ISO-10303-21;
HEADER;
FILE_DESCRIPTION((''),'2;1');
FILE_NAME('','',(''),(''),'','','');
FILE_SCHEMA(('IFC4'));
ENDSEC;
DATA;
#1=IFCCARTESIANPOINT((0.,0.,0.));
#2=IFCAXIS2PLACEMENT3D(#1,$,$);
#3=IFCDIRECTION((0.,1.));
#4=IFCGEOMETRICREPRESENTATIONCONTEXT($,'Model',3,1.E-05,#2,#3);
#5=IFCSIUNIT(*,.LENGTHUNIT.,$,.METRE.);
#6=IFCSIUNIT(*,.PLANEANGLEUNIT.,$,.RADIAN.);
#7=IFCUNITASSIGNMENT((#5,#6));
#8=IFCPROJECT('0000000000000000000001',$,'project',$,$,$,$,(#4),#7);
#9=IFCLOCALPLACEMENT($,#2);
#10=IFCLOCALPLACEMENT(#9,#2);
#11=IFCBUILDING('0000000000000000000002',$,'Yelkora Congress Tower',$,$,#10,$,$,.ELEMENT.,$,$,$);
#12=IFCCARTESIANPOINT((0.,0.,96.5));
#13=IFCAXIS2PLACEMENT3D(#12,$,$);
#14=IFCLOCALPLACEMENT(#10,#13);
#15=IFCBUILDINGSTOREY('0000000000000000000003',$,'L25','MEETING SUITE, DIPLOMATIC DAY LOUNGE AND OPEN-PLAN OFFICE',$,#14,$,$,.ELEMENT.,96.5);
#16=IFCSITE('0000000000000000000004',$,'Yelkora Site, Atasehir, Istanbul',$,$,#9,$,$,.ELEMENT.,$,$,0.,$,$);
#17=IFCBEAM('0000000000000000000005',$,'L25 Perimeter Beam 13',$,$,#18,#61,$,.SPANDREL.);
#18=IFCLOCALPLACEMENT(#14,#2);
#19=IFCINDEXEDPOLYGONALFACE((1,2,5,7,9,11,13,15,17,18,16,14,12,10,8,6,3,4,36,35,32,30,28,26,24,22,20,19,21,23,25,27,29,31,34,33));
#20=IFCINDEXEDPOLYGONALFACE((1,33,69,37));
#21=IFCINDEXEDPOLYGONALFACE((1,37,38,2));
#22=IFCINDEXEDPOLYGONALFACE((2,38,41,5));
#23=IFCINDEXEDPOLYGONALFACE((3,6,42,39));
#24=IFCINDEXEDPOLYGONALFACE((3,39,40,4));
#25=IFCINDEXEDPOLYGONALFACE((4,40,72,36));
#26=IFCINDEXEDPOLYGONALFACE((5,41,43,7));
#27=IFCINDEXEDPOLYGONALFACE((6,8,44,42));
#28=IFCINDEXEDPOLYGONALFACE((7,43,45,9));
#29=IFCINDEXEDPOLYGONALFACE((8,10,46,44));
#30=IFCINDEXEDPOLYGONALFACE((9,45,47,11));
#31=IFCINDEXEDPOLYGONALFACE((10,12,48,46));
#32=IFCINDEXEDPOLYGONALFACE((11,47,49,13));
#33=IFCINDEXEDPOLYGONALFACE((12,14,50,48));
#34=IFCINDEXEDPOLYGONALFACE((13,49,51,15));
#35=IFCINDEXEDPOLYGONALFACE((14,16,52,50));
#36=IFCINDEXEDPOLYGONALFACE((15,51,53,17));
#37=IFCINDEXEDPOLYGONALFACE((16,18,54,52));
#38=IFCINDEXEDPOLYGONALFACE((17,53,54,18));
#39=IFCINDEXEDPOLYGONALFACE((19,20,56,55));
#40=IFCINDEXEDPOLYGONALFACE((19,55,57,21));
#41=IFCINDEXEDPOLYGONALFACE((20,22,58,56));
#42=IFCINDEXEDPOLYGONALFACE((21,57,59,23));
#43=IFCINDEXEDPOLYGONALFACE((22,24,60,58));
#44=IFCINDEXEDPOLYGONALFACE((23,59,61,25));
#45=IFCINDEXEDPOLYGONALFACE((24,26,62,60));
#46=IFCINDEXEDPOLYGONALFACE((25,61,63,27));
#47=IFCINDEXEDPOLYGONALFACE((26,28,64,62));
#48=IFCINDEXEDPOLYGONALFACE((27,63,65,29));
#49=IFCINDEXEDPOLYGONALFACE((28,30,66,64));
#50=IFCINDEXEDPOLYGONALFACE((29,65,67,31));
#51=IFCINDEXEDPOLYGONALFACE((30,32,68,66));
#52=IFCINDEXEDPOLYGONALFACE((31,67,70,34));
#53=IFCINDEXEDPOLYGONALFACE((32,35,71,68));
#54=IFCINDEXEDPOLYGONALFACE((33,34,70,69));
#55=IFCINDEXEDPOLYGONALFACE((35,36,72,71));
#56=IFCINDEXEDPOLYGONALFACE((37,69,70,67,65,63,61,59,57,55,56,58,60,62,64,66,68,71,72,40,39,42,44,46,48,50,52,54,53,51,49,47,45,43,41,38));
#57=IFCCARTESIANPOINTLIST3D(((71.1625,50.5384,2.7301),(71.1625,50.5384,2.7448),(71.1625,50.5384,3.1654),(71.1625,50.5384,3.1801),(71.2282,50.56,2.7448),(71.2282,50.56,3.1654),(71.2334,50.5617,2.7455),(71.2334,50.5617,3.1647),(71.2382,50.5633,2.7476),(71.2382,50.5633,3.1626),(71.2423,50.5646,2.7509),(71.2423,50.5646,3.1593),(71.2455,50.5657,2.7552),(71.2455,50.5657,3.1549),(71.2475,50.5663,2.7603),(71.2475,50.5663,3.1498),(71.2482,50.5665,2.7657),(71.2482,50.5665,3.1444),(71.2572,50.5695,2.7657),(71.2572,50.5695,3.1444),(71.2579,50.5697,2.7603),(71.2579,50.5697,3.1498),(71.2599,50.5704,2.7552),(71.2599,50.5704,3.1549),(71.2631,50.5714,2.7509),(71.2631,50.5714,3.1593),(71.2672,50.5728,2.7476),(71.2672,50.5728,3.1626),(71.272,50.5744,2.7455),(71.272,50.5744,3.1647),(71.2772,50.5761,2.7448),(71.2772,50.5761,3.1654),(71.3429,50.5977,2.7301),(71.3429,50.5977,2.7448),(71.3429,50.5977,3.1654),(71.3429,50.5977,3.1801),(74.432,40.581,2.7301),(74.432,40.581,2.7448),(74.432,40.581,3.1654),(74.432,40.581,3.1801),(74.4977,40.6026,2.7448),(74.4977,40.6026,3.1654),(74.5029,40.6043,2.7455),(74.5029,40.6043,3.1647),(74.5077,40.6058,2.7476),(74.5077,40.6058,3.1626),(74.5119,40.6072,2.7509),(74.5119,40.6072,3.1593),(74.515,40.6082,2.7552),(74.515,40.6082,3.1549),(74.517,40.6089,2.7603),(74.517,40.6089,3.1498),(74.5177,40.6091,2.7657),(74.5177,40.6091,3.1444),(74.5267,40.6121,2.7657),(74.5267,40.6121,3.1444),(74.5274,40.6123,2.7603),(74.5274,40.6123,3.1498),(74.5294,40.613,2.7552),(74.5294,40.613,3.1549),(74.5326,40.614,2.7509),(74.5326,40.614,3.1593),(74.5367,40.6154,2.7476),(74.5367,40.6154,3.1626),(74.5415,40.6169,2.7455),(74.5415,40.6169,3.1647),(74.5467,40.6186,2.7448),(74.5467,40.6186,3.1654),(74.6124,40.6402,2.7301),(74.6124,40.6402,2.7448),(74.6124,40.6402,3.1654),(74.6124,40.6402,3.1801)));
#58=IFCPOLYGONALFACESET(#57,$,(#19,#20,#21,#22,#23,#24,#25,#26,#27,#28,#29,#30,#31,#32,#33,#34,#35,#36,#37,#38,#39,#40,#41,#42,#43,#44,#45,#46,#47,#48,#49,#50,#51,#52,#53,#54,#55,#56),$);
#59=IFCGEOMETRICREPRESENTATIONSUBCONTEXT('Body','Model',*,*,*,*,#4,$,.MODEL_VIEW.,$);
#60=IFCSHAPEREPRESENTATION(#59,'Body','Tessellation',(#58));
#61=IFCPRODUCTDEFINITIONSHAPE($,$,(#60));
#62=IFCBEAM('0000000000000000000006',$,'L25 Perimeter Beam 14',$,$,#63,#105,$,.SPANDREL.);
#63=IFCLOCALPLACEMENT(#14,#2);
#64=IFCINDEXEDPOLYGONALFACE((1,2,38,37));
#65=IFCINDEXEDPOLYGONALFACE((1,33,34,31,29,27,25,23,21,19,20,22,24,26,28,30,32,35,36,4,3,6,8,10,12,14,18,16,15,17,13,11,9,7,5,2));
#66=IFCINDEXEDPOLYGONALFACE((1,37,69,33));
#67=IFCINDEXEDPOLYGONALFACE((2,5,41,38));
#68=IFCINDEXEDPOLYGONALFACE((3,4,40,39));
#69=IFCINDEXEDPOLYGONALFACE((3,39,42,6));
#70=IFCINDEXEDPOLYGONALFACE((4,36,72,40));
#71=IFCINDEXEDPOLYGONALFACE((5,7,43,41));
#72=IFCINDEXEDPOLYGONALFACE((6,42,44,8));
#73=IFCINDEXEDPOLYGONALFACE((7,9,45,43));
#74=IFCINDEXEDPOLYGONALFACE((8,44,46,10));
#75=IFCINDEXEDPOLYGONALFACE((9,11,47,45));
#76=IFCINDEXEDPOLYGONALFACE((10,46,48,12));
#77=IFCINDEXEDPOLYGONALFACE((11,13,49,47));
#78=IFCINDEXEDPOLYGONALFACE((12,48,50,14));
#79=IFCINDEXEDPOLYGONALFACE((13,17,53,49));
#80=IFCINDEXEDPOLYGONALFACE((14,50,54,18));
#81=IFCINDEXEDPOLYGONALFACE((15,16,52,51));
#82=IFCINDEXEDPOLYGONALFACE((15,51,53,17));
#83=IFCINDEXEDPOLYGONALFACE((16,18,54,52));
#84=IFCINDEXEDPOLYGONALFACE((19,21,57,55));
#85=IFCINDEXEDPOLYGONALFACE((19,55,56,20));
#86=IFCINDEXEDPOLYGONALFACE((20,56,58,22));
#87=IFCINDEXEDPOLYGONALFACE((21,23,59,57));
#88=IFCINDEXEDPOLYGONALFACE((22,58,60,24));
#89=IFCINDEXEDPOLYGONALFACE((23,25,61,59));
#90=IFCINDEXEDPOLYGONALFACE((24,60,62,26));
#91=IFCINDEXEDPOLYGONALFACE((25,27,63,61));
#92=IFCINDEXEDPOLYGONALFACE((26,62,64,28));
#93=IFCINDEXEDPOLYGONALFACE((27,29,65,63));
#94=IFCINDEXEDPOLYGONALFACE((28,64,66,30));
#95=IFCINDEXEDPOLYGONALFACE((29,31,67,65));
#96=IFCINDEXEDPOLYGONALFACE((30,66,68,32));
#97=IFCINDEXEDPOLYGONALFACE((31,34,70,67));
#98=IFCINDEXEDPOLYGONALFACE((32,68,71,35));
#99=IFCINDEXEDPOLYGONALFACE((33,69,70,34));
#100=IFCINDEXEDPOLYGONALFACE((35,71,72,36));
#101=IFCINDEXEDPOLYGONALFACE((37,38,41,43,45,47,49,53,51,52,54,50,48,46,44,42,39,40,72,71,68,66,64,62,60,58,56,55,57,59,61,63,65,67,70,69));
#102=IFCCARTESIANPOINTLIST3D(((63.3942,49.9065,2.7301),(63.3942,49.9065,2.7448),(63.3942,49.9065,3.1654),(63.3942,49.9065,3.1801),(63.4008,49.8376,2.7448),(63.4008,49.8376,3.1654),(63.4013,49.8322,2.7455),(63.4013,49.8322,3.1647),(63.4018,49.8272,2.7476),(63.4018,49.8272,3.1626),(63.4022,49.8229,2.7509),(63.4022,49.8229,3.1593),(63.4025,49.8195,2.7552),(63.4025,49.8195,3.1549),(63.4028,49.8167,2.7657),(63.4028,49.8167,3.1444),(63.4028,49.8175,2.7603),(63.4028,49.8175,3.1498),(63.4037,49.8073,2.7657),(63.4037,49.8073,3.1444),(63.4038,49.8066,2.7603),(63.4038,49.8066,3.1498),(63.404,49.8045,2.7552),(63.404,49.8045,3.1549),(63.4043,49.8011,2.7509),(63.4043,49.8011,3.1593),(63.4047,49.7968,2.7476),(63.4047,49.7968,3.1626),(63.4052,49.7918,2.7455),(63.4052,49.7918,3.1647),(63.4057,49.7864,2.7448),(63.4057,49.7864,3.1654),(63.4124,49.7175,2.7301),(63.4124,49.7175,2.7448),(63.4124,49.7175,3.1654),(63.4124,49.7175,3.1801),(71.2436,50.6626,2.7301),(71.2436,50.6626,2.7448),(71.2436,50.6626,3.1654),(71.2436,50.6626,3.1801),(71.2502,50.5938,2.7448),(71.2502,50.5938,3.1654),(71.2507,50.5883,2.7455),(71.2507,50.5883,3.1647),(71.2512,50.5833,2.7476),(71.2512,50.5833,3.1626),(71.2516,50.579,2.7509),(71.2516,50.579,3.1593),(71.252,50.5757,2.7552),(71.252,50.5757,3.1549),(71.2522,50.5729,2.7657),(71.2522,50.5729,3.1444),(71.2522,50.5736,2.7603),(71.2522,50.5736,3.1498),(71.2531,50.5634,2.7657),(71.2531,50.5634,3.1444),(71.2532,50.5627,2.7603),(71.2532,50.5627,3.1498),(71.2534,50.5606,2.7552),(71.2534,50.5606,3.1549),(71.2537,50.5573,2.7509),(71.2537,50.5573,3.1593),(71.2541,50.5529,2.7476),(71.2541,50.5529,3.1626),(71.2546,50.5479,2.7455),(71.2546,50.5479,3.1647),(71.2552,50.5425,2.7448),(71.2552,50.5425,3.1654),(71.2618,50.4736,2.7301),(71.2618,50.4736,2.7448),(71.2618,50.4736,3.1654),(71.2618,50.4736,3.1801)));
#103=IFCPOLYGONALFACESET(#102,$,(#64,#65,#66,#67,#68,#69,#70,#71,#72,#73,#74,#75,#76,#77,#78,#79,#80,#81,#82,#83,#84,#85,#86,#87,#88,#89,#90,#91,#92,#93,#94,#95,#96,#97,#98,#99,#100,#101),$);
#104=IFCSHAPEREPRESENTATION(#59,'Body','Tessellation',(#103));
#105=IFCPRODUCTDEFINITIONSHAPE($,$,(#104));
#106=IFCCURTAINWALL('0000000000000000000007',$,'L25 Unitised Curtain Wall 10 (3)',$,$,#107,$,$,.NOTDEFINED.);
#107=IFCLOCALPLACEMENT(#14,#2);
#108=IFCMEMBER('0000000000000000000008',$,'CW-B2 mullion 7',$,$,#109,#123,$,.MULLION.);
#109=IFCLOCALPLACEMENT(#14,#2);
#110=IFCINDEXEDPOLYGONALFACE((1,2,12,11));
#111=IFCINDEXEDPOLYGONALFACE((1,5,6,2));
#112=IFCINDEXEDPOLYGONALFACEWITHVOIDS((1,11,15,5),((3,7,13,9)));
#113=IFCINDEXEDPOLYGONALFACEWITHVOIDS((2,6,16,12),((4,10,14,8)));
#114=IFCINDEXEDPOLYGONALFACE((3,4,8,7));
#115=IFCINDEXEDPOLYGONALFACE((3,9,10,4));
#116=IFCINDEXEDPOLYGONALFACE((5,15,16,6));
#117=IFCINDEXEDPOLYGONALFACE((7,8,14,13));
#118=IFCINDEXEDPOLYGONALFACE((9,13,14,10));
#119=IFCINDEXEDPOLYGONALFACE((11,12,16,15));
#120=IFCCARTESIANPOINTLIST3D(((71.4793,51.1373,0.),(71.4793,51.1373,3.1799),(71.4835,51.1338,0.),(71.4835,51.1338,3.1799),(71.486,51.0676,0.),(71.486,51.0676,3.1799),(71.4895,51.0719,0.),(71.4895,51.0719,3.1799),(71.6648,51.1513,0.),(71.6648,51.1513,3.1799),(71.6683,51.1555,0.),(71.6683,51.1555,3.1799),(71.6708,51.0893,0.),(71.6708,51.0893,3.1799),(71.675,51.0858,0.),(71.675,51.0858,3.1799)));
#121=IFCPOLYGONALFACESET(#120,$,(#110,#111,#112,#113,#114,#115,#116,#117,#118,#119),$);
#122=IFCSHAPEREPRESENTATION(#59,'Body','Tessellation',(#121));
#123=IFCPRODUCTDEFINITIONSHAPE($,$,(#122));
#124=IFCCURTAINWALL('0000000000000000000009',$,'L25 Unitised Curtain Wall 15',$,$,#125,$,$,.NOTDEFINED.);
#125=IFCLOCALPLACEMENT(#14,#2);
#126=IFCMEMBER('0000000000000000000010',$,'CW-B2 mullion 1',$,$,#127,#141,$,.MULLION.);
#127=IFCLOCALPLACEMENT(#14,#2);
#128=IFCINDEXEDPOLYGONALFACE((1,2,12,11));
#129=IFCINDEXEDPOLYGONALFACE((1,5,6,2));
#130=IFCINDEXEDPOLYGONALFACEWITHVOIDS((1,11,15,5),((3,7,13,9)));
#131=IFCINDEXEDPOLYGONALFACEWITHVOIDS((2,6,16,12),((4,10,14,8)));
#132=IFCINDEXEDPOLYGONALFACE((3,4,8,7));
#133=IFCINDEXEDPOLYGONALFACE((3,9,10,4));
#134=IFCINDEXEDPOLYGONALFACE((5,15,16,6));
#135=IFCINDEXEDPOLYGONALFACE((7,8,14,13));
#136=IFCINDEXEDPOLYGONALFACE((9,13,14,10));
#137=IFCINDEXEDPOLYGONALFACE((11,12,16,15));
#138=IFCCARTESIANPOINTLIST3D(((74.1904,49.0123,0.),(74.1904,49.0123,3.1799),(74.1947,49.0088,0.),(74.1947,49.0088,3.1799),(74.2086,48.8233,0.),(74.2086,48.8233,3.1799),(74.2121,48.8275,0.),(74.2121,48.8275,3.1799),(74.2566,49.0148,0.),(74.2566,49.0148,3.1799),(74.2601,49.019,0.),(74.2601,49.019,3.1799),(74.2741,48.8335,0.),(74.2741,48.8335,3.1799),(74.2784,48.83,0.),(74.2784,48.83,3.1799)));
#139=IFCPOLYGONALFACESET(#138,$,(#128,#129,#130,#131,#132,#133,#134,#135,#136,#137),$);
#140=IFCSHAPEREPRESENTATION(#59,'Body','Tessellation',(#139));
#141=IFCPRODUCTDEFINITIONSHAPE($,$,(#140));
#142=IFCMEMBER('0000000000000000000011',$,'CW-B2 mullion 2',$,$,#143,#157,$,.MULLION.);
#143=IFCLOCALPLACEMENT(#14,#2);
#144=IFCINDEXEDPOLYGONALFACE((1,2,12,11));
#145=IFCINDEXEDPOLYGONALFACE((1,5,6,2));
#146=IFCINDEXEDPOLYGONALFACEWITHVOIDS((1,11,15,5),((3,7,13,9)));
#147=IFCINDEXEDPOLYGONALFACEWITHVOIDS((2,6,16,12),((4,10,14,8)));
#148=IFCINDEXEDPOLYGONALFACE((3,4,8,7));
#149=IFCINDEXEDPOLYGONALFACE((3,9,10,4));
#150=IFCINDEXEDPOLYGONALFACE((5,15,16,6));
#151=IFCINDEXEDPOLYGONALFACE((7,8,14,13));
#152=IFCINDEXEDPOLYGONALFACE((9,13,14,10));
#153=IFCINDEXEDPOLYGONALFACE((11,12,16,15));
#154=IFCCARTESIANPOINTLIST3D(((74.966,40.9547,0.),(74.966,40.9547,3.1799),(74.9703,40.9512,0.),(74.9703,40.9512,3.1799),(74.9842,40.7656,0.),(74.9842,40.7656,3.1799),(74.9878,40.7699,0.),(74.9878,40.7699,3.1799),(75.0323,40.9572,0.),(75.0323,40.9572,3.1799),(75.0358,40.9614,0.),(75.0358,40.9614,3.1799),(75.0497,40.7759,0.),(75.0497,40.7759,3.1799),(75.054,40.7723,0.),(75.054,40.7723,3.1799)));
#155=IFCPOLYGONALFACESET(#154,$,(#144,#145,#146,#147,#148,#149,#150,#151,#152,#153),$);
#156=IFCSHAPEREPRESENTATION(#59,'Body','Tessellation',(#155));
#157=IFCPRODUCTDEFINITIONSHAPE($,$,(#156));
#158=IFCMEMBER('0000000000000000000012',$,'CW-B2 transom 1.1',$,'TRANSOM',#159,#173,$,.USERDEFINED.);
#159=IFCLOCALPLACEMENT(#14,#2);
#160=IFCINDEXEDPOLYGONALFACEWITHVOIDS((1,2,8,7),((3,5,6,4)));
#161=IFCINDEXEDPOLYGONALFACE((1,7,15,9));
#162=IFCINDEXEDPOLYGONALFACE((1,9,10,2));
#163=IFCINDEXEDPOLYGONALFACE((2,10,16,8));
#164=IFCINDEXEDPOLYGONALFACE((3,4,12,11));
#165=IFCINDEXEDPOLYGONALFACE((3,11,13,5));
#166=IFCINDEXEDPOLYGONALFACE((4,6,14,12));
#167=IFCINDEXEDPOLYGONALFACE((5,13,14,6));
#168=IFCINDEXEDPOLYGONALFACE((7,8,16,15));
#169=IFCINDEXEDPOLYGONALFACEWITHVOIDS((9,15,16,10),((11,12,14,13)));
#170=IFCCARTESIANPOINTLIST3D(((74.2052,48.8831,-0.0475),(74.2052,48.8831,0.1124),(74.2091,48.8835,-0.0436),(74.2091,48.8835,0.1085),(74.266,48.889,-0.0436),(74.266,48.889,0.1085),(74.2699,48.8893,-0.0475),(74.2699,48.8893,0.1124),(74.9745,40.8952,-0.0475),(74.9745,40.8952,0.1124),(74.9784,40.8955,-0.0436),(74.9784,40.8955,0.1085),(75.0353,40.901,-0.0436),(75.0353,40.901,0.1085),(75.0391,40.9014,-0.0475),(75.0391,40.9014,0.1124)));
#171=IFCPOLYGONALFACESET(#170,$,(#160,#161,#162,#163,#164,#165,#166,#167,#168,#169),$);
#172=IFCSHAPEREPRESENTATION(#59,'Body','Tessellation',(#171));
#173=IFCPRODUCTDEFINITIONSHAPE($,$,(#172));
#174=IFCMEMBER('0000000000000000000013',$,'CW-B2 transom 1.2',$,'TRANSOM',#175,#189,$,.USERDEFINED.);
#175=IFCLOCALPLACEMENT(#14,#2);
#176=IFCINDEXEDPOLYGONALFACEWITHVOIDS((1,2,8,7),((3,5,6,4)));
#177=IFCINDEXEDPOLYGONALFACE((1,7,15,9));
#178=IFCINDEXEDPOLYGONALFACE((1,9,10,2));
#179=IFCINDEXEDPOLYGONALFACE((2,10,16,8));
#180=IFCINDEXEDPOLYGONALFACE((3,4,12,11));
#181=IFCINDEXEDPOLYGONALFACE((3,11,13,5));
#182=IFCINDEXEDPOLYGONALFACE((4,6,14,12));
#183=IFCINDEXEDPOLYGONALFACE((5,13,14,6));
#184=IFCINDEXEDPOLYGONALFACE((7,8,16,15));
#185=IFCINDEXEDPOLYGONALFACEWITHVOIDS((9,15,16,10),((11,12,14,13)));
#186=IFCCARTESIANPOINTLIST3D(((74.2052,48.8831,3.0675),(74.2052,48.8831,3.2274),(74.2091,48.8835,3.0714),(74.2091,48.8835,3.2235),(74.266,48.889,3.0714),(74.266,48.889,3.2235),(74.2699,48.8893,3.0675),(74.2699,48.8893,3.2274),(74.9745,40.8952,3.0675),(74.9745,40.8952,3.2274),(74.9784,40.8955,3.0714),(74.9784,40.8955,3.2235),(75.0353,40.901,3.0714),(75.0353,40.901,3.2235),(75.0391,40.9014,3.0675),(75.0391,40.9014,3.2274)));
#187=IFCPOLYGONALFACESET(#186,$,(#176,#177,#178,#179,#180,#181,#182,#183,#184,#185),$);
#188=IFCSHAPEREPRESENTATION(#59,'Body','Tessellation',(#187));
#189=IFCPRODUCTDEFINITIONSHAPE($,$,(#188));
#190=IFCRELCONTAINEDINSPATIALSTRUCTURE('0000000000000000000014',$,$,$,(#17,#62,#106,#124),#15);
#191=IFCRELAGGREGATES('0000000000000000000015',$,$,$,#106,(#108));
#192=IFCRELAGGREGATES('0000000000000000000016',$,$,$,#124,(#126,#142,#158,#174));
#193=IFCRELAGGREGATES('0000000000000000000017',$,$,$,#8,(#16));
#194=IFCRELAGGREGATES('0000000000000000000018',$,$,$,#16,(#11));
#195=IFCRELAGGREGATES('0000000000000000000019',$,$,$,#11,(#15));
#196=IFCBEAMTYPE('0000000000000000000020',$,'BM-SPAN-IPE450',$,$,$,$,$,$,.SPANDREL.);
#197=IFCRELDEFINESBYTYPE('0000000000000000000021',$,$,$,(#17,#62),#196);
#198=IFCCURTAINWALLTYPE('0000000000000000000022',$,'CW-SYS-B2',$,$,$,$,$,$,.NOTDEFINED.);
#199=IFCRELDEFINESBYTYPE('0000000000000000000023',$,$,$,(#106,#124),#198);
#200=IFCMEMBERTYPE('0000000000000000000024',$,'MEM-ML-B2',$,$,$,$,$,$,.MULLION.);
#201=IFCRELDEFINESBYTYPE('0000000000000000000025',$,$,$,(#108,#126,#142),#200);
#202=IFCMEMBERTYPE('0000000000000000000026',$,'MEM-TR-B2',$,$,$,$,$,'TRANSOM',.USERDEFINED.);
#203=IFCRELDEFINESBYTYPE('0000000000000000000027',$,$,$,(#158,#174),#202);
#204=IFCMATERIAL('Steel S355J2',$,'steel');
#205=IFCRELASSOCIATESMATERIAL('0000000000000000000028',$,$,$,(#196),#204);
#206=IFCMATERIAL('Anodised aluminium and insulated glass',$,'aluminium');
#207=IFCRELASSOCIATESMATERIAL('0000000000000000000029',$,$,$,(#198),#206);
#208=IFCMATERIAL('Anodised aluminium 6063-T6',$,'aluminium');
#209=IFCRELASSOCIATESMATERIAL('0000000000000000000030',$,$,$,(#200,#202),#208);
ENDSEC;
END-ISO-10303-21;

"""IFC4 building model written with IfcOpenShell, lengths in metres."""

from ifc_helpers import new_model, si_unit, direction, frame, origin, origin_2d, place, context, subcontext, project, spatial, hollow_rectangle, i_section, extrude, material, material_profile, profile_set, type_object, element, aggregate, save


model = new_model("IFC4")

# Units and contexts
model_context = context("Model", 3, precision=1e-05, world=origin(), true_north=direction((0.0, 1.0)))
body_context = subcontext(model_context, "Body", "Model", "MODEL_VIEW")
ifc_project = project(units=[si_unit("LENGTHUNIT", "METRE"), si_unit("PLANEANGLEUNIT", "RADIAN")], contexts=[model_context])

# Site, building, storey
site_placement = place(None, origin())
site = spatial("IfcSite", under=ifc_project, at=site_placement, Name="Yelkora Site, Atasehir, Istanbul", CompositionType="ELEMENT", RefElevation=0.0)
building_placement = place(site_placement, origin())
building = spatial("IfcBuilding", under=site, at=building_placement, Name="Yelkora Congress Tower", CompositionType="ELEMENT")
storey_placement = place(building_placement, frame((0.0, 0.0, 96.5)))
storey = spatial("IfcBuildingStorey", under=building, at=storey_placement, Name="L25", Description="MEETING SUITE, DIPLOMATIC DAY LOUNGE AND OPEN-PLAN OFFICE", CompositionType="ELEMENT", Elevation=96.5)

# Beams
ifc_material_1 = material(Name="Steel S355J2", Category="steel")
ifc_material_profile_1 = material_profile(ifc_material_1, i_section(OverallWidth=0.1899, OverallDepth=0.45, WebThickness=0.0095, FlangeThickness=0.0146, FilletRadius=0.021, at=origin_2d()), Name="IPE 450")
ifc_profile_set_1 = profile_set([ifc_material_profile_1], Name="Steel S355J2")
beam_type_1 = type_object("IfcBeamType", Name="BM-SPAN-IPE450", PredefinedType="SPANDREL", material=ifc_profile_set_1)
beam_1_placement = place(storey_placement, frame((74.5222, 40.6106, 2.9551), z_axis=(-0.311962, 0.950095, 0.0), x_axis=(-0.950095, -0.311962, 0.0)))
element("IfcBeam", 1, at=beam_1_placement, inside=storey, type_object=beam_type_1, Name="L25 Perimeter Beam 13", PredefinedType="SPANDREL", context=body_context, shape_type="SweptSolid", body=[
    extrude(i_section(OverallWidth=0.1899, OverallDepth=0.45, WebThickness=0.0095, FlangeThickness=0.0146, FilletRadius=0.021, at=origin_2d()), origin(), (0.0, 0.0, 1.0), 10.4805),
])
beam_2_placement = place(storey_placement, frame((71.2527, 50.5681, 2.9551), z_axis=(-0.995393, -0.095883, 0.0), x_axis=(0.095883, -0.995393, 0.0)))
element("IfcBeam", 2, at=beam_2_placement, inside=storey, type_object=beam_type_1, Name="L25 Perimeter Beam 14", PredefinedType="SPANDREL", context=body_context, shape_type="SweptSolid", body=[
    extrude(i_section(OverallWidth=0.1899, OverallDepth=0.45, WebThickness=0.0095, FlangeThickness=0.0146, FilletRadius=0.021, at=origin_2d()), origin(), (0.0, 0.0, 1.0), 7.8857),
])

# Curtain wall, member
ifc_material_2 = material(Name="Anodised aluminium and insulated glass", Category="aluminium")
curtain_wall_type = type_object("IfcCurtainWallType", Name="CW-SYS-B2", PredefinedType="NOTDEFINED", material=ifc_material_2)
curtain_wall_1_placement = place(storey_placement, origin())
curtain_wall_1 = element("IfcCurtainWall", 3, at=curtain_wall_1_placement, inside=storey, type_object=curtain_wall_type, Name="L25 Unitised Curtain Wall 10 (3)", PredefinedType="NOTDEFINED")
ifc_material_3 = material(Name="Anodised aluminium 6063-T6", Category="aluminium")
ifc_material_profile_2 = material_profile(ifc_material_3, hollow_rectangle(XDim=0.0701, YDim=0.1899, WallThickness=0.0039, at=origin_2d()), Name="ALU 70x190x4")
ifc_profile_set_2 = profile_set([ifc_material_profile_2], Name="Anodised aluminium 6063-T6")
member_type_1 = type_object("IfcMemberType", Name="MEM-ML-B2", PredefinedType="MULLION", material=ifc_profile_set_2)
member_1_placement = place(storey_placement, frame((71.5771, 51.1116, 0.0), z_axis=(0.0, 0.0, 1.0), x_axis=(-0.095844, 0.995396, 0.0)))
member_1 = element("IfcMember", 4, at=member_1_placement, type_object=member_type_1, Name="CW-B2 mullion 7", PredefinedType="MULLION", context=body_context, shape_type="SweptSolid", body=[
    extrude(hollow_rectangle(XDim=0.0701, YDim=0.1899, WallThickness=0.0039, at=origin_2d()), origin(), (0.0, 0.0, 1.0), 3.1799),
])
aggregate(curtain_wall_1, [member_1])

# Curtain wall, members
curtain_wall_2_placement = place(storey_placement, origin())
curtain_wall_2 = element("IfcCurtainWall", 5, at=curtain_wall_2_placement, inside=storey, type_object=curtain_wall_type, Name="L25 Unitised Curtain Wall 15", PredefinedType="NOTDEFINED")
member_2_placement = place(storey_placement, frame((74.2344, 48.9211, 0.0), z_axis=(0.0, 0.0, 1.0), x_axis=(0.995397, 0.095843, 0.0)))
member_2 = element("IfcMember", 6, at=member_2_placement, type_object=member_type_1, Name="CW-B2 mullion 1", PredefinedType="MULLION", context=body_context, shape_type="SweptSolid", body=[
    extrude(hollow_rectangle(XDim=0.0701, YDim=0.1899, WallThickness=0.0039, at=origin_2d()), origin(), (0.0, 0.0, 1.0), 3.1799),
])
member_3_placement = place(storey_placement, frame((75.01, 40.8635, 0.0), z_axis=(0.0, 0.0, 1.0), x_axis=(0.995397, 0.095843, 0.0)))
member_3 = element("IfcMember", 7, at=member_3_placement, type_object=member_type_1, Name="CW-B2 mullion 2", PredefinedType="MULLION", context=body_context, shape_type="SweptSolid", body=[
    extrude(hollow_rectangle(XDim=0.0701, YDim=0.1899, WallThickness=0.0039, at=origin_2d()), origin(), (0.0, 0.0, 1.0), 3.1799),
])
ifc_material_profile_3 = material_profile(ifc_material_3, hollow_rectangle(XDim=0.0649, YDim=0.1599, WallThickness=0.0039, at=origin_2d()), Name="ALU 65x160x4")
ifc_profile_set_3 = profile_set([ifc_material_profile_3], Name="Anodised aluminium 6063-T6")
member_type_2 = type_object("IfcMemberType", Name="MEM-TR-B2", ElementType="TRANSOM", PredefinedType="USERDEFINED", material=ifc_profile_set_3)
member_4_placement = place(storey_placement, frame((74.2375, 48.8862, 0.0325), z_axis=(0.095861, -0.995395, 0.0), x_axis=(0.995395, 0.095861, 0.0)))
member_4 = element("IfcMember", 8, at=member_4_placement, type_object=member_type_2, Name="CW-B2 transom 1.1", ObjectType="TRANSOM", PredefinedType="USERDEFINED", context=body_context, shape_type="SweptSolid", body=[
    extrude(hollow_rectangle(XDim=0.0649, YDim=0.1599, WallThickness=0.0039, at=origin_2d()), origin(), (0.0, 0.0, 1.0), 8.0249),
])
member_5_placement = place(storey_placement, frame((74.2375, 48.8862, 3.1475), z_axis=(0.095861, -0.995395, 0.0), x_axis=(0.995395, 0.095861, 0.0)))
member_5 = element("IfcMember", 9, at=member_5_placement, type_object=member_type_2, Name="CW-B2 transom 1.2", ObjectType="TRANSOM", PredefinedType="USERDEFINED", context=body_context, shape_type="SweptSolid", body=[
    extrude(hollow_rectangle(XDim=0.0649, YDim=0.1599, WallThickness=0.0039, at=origin_2d()), origin(), (0.0, 0.0, 1.0), 8.0249),
])
aggregate(curtain_wall_2, [member_2, member_3, member_4, member_5])

save(model, "model.ifc")
